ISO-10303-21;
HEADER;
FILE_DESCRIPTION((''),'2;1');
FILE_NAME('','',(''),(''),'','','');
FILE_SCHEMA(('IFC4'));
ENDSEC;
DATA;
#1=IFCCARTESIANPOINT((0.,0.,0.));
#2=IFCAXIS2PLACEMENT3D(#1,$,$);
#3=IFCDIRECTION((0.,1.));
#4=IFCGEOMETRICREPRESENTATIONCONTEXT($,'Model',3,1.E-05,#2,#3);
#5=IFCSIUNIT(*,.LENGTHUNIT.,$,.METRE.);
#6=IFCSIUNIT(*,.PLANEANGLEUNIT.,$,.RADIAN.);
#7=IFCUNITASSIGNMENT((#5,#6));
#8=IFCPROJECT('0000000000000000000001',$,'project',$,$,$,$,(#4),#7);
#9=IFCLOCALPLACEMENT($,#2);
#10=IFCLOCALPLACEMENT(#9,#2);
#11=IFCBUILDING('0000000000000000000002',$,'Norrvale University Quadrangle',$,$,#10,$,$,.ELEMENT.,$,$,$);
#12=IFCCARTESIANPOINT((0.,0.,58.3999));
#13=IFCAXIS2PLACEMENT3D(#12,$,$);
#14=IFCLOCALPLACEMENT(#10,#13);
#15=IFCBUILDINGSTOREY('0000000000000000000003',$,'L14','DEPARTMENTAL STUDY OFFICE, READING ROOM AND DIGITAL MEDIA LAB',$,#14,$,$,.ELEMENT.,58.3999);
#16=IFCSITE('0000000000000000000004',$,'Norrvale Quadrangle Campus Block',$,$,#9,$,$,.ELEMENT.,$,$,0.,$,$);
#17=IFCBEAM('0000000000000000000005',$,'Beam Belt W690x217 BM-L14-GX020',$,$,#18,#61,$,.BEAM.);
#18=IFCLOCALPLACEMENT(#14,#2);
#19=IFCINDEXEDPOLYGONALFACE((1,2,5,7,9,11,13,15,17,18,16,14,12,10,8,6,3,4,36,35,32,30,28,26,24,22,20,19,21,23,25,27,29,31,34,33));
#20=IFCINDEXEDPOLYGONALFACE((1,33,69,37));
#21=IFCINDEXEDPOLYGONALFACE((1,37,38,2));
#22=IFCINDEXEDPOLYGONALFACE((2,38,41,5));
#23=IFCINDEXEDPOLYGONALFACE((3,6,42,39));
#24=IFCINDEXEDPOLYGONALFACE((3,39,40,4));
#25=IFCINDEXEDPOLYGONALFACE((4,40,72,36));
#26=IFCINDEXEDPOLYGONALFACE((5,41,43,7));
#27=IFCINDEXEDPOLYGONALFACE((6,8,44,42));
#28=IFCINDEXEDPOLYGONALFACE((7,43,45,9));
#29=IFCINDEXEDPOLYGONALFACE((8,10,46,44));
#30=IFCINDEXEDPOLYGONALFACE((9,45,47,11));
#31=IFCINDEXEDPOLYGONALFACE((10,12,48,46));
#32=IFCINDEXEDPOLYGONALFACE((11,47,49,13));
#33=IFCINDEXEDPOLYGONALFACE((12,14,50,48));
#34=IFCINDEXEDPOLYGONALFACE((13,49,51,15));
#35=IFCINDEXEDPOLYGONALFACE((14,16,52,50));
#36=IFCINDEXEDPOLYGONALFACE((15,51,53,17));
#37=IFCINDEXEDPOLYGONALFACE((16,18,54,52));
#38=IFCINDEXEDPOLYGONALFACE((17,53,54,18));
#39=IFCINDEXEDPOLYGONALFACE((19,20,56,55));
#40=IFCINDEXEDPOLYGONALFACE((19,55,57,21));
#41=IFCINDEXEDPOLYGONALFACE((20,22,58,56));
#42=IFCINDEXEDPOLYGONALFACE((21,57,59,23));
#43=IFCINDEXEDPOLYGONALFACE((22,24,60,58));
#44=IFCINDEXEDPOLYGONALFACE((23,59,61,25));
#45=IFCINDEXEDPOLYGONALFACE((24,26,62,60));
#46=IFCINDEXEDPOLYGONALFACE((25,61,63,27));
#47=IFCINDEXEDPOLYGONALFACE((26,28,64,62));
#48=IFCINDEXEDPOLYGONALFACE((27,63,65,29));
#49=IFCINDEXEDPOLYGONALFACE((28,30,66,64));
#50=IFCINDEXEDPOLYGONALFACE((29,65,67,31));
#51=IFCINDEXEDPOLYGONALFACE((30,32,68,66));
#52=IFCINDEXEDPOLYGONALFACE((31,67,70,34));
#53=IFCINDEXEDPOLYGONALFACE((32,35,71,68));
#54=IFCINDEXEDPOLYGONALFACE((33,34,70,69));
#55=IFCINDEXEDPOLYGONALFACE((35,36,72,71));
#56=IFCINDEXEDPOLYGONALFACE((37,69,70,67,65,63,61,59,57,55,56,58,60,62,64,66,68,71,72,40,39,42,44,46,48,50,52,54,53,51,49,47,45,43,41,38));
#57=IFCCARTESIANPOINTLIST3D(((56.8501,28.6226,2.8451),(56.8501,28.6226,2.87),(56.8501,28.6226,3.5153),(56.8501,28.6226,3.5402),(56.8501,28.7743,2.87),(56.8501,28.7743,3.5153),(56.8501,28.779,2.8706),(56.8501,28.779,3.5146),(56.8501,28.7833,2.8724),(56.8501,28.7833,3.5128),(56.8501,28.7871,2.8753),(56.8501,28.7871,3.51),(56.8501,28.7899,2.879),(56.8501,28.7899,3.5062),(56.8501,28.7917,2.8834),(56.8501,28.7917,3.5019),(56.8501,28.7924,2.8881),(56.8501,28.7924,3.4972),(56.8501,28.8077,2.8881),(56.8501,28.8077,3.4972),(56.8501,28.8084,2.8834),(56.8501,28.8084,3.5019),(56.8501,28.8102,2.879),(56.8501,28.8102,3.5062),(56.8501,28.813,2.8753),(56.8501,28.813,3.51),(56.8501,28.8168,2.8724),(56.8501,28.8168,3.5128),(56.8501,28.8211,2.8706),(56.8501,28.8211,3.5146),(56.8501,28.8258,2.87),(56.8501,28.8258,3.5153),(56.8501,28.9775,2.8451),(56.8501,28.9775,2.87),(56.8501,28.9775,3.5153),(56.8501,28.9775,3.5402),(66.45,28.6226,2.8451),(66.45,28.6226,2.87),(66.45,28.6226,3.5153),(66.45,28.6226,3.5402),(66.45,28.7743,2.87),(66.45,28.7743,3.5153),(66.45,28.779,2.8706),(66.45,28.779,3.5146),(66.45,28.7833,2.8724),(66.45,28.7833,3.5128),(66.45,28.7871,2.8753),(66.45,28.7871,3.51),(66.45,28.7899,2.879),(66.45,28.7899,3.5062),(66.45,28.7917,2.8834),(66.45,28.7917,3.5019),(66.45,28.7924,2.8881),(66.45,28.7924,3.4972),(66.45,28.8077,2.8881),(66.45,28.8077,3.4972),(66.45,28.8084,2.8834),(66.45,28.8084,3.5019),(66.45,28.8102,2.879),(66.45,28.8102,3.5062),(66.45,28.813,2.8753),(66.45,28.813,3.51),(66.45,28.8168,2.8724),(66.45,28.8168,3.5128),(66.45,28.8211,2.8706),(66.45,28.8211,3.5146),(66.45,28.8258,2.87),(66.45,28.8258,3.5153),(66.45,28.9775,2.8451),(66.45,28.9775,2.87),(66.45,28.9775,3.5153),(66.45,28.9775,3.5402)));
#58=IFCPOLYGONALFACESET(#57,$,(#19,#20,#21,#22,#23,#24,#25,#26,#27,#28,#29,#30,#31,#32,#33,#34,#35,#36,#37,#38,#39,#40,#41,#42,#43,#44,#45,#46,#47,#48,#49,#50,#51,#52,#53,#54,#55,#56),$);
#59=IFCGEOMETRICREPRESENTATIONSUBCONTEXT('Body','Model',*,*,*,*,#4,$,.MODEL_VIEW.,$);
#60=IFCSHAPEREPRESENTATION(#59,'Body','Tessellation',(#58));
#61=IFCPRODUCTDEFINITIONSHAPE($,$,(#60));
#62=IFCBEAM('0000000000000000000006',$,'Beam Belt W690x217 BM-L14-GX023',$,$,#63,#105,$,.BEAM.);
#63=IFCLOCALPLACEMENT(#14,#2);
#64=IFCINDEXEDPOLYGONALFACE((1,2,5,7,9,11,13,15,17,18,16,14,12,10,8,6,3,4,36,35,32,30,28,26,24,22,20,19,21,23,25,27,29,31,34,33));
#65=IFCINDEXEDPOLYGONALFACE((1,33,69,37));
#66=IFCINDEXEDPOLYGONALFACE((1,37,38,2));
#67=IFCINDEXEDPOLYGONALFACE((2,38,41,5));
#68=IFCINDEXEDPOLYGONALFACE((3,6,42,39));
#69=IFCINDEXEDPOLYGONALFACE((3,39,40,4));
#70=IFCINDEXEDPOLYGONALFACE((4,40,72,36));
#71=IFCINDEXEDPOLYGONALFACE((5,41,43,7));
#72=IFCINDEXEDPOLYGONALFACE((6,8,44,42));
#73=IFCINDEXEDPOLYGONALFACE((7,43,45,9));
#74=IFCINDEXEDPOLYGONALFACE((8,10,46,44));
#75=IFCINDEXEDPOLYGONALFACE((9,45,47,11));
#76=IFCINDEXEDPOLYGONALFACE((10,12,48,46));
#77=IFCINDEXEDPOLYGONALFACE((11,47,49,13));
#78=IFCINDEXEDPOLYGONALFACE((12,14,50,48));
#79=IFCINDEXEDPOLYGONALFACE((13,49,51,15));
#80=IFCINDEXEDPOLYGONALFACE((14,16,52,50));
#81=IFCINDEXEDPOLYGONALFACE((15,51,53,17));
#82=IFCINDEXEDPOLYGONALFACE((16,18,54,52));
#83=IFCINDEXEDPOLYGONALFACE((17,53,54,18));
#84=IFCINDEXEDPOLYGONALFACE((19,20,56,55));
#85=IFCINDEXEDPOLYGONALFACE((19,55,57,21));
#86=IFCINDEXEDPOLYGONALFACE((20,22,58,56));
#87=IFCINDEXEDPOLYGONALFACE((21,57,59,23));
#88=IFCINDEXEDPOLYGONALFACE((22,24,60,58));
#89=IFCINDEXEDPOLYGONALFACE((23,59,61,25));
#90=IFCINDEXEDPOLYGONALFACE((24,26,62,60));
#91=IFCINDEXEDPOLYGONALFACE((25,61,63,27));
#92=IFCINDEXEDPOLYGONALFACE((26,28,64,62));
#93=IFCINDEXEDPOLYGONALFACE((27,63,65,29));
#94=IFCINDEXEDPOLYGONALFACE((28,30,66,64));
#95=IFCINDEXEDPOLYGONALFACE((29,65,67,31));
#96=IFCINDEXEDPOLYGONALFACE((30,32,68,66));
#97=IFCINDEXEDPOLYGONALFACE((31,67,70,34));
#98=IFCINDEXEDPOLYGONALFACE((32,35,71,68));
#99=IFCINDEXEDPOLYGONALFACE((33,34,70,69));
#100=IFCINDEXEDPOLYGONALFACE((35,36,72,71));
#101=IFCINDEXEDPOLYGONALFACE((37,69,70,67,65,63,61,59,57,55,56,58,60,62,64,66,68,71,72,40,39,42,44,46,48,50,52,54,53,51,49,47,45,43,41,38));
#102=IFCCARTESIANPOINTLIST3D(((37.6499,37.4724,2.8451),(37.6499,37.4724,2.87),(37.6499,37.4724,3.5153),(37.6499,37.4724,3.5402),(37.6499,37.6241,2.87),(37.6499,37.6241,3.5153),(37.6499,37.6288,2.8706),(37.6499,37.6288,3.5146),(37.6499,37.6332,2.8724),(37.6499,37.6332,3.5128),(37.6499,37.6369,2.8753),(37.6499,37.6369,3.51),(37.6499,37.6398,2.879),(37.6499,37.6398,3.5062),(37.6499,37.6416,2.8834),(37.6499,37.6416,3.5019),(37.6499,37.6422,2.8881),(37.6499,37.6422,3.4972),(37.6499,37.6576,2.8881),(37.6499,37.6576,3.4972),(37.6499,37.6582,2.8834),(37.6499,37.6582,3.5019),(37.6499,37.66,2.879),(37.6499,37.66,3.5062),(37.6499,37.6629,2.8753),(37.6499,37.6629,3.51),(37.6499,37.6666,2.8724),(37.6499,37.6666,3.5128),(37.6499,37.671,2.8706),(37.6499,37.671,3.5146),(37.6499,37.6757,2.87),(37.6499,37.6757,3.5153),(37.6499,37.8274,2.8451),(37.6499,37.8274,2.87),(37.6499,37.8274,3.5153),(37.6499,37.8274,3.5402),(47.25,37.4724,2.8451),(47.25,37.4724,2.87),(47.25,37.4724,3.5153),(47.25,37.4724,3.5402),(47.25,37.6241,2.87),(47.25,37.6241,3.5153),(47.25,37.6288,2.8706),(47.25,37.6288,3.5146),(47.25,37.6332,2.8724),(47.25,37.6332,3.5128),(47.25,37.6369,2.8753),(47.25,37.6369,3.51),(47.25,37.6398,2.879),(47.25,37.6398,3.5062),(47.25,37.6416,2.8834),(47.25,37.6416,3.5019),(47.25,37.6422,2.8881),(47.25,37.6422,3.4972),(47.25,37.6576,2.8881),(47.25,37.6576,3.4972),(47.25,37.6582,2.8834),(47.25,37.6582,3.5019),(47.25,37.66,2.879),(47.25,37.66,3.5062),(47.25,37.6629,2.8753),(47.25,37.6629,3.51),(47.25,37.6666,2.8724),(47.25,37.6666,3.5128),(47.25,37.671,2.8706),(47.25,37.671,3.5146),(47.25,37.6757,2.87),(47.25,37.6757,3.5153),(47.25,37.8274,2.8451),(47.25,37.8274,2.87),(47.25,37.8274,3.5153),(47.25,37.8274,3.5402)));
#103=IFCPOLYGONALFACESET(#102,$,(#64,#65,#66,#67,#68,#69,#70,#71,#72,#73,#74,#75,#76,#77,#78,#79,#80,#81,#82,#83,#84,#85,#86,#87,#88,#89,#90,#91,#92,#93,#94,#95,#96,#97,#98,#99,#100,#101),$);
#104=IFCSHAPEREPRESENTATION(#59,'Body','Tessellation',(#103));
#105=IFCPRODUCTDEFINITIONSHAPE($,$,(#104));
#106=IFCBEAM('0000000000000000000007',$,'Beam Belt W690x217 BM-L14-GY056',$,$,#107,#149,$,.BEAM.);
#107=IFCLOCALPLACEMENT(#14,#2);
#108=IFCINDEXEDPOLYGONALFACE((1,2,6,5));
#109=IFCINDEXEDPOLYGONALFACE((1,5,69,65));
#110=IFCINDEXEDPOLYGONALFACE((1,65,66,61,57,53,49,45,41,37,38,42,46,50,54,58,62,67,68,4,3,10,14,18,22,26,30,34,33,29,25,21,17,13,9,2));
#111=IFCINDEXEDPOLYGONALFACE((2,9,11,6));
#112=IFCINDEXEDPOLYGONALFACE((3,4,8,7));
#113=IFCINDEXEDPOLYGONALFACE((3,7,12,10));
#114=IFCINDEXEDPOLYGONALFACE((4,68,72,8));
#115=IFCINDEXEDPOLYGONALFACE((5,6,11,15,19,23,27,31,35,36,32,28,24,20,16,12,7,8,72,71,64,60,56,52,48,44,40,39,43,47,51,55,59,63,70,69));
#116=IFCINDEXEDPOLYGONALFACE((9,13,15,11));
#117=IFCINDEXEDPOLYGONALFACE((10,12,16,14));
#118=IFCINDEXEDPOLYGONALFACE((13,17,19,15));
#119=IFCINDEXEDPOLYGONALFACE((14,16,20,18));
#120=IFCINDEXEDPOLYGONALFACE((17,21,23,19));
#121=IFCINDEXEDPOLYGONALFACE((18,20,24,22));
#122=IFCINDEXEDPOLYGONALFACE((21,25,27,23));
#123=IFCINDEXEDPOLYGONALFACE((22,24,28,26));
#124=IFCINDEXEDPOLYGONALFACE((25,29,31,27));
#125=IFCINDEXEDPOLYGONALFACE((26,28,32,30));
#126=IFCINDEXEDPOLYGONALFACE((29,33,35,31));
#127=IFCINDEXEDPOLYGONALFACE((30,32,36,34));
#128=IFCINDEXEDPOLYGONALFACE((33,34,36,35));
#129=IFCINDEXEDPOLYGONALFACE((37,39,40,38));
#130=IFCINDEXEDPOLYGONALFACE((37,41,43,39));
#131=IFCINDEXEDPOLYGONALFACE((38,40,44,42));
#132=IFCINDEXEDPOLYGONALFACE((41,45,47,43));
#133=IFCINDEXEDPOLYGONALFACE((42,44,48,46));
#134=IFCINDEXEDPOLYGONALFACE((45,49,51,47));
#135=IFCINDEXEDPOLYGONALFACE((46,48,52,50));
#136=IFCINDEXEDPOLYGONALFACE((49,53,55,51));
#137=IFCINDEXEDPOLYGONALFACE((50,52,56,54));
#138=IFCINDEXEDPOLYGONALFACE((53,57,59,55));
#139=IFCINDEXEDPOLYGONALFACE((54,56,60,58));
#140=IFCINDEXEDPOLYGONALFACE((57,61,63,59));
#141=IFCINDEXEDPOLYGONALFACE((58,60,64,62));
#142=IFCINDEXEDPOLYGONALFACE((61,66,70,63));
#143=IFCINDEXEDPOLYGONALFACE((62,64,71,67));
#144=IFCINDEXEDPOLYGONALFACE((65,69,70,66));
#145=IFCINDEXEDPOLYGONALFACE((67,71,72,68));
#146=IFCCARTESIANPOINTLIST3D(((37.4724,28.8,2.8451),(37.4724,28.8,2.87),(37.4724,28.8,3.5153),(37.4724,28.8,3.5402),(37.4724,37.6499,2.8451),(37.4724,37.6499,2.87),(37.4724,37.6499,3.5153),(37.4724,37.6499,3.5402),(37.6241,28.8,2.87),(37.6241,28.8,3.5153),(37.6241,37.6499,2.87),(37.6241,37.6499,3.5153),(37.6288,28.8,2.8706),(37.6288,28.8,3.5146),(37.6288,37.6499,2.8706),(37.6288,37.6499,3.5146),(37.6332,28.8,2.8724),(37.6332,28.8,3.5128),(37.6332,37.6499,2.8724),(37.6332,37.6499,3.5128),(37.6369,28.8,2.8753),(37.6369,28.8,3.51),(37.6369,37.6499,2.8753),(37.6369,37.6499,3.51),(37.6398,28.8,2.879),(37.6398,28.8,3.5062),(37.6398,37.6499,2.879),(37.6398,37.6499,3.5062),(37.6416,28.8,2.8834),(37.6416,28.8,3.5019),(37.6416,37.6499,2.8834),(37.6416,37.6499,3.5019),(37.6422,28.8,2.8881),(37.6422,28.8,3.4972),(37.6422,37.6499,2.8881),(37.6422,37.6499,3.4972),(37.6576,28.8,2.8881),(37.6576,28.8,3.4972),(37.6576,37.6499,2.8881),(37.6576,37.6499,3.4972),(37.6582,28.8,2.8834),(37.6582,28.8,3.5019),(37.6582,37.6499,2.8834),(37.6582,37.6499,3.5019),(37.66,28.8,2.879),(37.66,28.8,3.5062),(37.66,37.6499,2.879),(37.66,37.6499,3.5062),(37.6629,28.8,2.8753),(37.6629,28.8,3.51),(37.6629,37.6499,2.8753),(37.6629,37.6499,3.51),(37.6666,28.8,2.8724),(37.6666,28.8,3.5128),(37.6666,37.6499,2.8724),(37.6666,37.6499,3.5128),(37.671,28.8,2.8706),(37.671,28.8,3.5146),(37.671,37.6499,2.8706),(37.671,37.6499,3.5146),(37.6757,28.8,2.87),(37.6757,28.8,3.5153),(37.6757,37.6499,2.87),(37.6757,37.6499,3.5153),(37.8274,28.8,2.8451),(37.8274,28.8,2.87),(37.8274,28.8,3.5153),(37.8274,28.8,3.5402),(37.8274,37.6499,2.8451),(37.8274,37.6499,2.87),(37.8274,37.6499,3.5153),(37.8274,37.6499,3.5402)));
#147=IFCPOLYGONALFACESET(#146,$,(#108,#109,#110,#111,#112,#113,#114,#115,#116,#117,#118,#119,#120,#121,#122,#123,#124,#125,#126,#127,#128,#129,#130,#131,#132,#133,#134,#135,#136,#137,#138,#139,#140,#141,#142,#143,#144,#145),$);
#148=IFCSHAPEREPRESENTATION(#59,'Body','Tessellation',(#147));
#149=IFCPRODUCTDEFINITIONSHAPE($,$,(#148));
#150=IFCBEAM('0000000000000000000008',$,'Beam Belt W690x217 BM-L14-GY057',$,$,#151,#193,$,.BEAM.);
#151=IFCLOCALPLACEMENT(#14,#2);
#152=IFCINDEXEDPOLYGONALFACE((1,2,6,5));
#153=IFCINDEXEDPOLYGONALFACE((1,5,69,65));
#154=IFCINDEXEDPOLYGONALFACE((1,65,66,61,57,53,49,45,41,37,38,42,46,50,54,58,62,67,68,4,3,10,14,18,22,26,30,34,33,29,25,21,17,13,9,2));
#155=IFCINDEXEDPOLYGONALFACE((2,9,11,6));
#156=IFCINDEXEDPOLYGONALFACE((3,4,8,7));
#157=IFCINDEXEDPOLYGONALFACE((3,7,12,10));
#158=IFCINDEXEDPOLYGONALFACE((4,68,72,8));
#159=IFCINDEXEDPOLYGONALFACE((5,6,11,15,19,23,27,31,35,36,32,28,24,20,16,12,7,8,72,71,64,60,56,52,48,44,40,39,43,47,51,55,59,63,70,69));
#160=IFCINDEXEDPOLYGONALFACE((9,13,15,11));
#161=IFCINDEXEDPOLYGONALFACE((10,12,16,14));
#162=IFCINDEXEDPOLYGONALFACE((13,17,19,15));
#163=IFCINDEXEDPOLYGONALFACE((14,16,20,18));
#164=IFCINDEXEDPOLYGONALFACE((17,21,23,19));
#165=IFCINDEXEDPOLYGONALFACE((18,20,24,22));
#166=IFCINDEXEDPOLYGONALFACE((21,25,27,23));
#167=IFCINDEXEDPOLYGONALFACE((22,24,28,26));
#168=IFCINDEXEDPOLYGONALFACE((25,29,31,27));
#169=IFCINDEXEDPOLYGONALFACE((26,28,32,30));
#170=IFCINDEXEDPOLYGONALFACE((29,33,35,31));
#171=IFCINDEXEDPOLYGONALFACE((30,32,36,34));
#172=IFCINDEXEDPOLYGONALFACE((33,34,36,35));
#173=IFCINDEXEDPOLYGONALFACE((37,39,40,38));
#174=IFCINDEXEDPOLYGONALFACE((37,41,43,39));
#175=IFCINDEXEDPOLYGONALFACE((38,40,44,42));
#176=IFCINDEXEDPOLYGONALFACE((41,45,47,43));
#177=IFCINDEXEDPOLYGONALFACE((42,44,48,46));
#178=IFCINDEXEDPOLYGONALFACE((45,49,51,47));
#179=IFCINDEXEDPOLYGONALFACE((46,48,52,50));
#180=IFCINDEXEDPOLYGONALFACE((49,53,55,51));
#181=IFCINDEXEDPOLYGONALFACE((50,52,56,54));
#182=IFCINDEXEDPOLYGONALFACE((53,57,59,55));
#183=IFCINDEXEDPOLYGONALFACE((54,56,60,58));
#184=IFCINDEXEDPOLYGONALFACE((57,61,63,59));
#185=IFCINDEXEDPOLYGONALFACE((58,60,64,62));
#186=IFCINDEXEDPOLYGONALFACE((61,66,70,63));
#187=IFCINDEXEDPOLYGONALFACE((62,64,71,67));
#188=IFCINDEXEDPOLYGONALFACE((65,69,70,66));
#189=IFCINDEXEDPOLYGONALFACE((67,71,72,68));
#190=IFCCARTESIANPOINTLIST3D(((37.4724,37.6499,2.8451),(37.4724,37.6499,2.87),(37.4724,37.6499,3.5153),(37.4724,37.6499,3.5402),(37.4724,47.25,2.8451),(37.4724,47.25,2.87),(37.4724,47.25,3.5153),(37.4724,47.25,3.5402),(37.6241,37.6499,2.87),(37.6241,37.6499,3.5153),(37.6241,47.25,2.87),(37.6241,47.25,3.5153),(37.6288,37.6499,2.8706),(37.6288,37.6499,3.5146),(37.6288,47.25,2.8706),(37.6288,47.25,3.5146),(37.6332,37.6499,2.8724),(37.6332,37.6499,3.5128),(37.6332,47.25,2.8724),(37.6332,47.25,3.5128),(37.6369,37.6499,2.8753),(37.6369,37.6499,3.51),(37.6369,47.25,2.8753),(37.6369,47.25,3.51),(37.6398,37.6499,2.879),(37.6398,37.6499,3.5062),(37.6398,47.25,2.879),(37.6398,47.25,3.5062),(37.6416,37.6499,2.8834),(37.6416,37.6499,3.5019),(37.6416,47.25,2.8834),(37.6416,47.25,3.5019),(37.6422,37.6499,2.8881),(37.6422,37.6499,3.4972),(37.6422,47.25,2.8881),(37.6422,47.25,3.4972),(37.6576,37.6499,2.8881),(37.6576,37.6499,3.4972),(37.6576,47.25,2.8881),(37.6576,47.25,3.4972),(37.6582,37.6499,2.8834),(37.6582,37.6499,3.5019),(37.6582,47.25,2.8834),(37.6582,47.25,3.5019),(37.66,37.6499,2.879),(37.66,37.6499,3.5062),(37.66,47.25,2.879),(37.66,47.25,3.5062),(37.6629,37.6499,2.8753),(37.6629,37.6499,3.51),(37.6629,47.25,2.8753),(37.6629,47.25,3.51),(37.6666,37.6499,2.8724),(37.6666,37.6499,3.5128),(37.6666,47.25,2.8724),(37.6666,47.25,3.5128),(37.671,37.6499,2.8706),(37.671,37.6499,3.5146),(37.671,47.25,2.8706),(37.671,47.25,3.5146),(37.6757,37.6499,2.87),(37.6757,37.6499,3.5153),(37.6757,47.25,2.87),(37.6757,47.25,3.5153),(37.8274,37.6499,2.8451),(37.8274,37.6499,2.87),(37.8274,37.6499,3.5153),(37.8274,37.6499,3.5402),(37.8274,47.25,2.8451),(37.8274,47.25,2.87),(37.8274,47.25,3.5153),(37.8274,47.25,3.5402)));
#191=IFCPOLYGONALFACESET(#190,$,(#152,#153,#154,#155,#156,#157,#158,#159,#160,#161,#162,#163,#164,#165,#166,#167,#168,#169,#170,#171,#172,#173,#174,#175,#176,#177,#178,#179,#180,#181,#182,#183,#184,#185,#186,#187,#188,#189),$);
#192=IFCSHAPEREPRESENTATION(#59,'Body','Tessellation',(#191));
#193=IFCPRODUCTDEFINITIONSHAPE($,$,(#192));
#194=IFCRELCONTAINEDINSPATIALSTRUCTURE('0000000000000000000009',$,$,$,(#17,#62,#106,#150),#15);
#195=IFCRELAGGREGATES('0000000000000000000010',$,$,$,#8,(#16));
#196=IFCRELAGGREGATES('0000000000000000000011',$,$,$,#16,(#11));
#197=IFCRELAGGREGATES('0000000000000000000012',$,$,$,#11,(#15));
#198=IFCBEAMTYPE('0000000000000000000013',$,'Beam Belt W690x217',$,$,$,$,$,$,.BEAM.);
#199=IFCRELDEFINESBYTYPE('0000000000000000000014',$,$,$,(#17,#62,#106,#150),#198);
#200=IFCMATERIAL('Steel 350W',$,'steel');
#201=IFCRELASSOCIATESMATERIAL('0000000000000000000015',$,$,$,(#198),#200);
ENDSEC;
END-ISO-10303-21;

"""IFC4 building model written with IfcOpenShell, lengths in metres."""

from ifc_helpers import new_model, si_unit, direction, frame, origin, origin_2d, place, context, subcontext, project, spatial, i_section, extrude, material, material_profile, profile_set, type_object, element, save


model = new_model("IFC4")

# Units and contexts
model_context = context("Model", 3, precision=1e-05, world=origin(), true_north=direction((0.0, 1.0)))
body_context = subcontext(model_context, "Body", "Model", "MODEL_VIEW")
ifc_project = project(units=[si_unit("LENGTHUNIT", "METRE"), si_unit("PLANEANGLEUNIT", "RADIAN")], contexts=[model_context])

# Site, building, storey
site_placement = place(None, origin())
site = spatial("IfcSite", under=ifc_project, at=site_placement, Name="Norrvale Quadrangle Campus Block", CompositionType="ELEMENT", RefElevation=0.0)
building_placement = place(site_placement, origin())
building = spatial("IfcBuilding", under=site, at=building_placement, Name="Norrvale University Quadrangle", CompositionType="ELEMENT")
storey_placement = place(building_placement, frame((0.0, 0.0, 58.3999)))
storey = spatial("IfcBuildingStorey", under=building, at=storey_placement, Name="L14", Description="DEPARTMENTAL STUDY OFFICE, READING ROOM AND DIGITAL MEDIA LAB", CompositionType="ELEMENT", Elevation=58.3999)

# Beams
ifc_material_1 = material(Name="Steel 350W", Category="steel")
ifc_material_profile_1 = material_profile(ifc_material_1, i_section(OverallWidth=0.355, OverallDepth=0.6951, WebThickness=0.0154, FlangeThickness=0.0249, FilletRadius=0.0181, at=origin_2d()), Name="Steel 350W")
ifc_profile_set_1 = profile_set([ifc_material_profile_1], Name="Steel 350W")
beam_type_1 = type_object("IfcBeamType", Name="Beam Belt W690x217", PredefinedType="BEAM", material=ifc_profile_set_1)
beam_1_placement = place(storey_placement, frame((56.8501, 28.8, 3.1926), z_axis=(1.0, 0.0, 0.0), x_axis=(0.0, 1.0, 0.0)))
element("IfcBeam", 1, at=beam_1_placement, inside=storey, type_object=beam_type_1, Name="Beam Belt W690x217 BM-L14-GX020", PredefinedType="BEAM", context=body_context, shape_type="SweptSolid", body=[
    extrude(i_section(OverallWidth=0.355, OverallDepth=0.6951, WebThickness=0.0154, FlangeThickness=0.0249, FilletRadius=0.0181, at=origin_2d()), origin(), (0.0, 0.0, 1.0), 9.5999),
])
beam_2_placement = place(storey_placement, frame((37.6499, 37.6499, 3.1926), z_axis=(1.0, 0.0, 0.0), x_axis=(0.0, 1.0, 0.0)))
element("IfcBeam", 2, at=beam_2_placement, inside=storey, type_object=beam_type_1, Name="Beam Belt W690x217 BM-L14-GX023", PredefinedType="BEAM", context=body_context, shape_type="SweptSolid", body=[
    extrude(i_section(OverallWidth=0.355, OverallDepth=0.6951, WebThickness=0.0154, FlangeThickness=0.0249, FilletRadius=0.0181, at=origin_2d()), origin(), (0.0, 0.0, 1.0), 9.6001),
])
beam_3_placement = place(storey_placement, frame((37.6499, 28.8, 3.1926), z_axis=(0.0, 1.0, 0.0), x_axis=(-1.0, 0.0, 0.0)))
element("IfcBeam", 3, at=beam_3_placement, inside=storey, type_object=beam_type_1, Name="Beam Belt W690x217 BM-L14-GY056", PredefinedType="BEAM", context=body_context, shape_type="SweptSolid", body=[
    extrude(i_section(OverallWidth=0.355, OverallDepth=0.6951, WebThickness=0.0154, FlangeThickness=0.0249, FilletRadius=0.0181, at=origin_2d()), origin(), (0.0, 0.0, 1.0), 8.8499),
])
beam_4_placement = place(storey_placement, frame((37.6499, 37.6499, 3.1926), z_axis=(0.0, 1.0, 0.0), x_axis=(-1.0, 0.0, 0.0)))
element("IfcBeam", 4, at=beam_4_placement, inside=storey, type_object=beam_type_1, Name="Beam Belt W690x217 BM-L14-GY057", PredefinedType="BEAM", context=body_context, shape_type="SweptSolid", body=[
    extrude(i_section(OverallWidth=0.355, OverallDepth=0.6951, WebThickness=0.0154, FlangeThickness=0.0249, FilletRadius=0.0181, at=origin_2d()), origin(), (0.0, 0.0, 1.0), 9.6001),
])

save(model, "model.ifc")
